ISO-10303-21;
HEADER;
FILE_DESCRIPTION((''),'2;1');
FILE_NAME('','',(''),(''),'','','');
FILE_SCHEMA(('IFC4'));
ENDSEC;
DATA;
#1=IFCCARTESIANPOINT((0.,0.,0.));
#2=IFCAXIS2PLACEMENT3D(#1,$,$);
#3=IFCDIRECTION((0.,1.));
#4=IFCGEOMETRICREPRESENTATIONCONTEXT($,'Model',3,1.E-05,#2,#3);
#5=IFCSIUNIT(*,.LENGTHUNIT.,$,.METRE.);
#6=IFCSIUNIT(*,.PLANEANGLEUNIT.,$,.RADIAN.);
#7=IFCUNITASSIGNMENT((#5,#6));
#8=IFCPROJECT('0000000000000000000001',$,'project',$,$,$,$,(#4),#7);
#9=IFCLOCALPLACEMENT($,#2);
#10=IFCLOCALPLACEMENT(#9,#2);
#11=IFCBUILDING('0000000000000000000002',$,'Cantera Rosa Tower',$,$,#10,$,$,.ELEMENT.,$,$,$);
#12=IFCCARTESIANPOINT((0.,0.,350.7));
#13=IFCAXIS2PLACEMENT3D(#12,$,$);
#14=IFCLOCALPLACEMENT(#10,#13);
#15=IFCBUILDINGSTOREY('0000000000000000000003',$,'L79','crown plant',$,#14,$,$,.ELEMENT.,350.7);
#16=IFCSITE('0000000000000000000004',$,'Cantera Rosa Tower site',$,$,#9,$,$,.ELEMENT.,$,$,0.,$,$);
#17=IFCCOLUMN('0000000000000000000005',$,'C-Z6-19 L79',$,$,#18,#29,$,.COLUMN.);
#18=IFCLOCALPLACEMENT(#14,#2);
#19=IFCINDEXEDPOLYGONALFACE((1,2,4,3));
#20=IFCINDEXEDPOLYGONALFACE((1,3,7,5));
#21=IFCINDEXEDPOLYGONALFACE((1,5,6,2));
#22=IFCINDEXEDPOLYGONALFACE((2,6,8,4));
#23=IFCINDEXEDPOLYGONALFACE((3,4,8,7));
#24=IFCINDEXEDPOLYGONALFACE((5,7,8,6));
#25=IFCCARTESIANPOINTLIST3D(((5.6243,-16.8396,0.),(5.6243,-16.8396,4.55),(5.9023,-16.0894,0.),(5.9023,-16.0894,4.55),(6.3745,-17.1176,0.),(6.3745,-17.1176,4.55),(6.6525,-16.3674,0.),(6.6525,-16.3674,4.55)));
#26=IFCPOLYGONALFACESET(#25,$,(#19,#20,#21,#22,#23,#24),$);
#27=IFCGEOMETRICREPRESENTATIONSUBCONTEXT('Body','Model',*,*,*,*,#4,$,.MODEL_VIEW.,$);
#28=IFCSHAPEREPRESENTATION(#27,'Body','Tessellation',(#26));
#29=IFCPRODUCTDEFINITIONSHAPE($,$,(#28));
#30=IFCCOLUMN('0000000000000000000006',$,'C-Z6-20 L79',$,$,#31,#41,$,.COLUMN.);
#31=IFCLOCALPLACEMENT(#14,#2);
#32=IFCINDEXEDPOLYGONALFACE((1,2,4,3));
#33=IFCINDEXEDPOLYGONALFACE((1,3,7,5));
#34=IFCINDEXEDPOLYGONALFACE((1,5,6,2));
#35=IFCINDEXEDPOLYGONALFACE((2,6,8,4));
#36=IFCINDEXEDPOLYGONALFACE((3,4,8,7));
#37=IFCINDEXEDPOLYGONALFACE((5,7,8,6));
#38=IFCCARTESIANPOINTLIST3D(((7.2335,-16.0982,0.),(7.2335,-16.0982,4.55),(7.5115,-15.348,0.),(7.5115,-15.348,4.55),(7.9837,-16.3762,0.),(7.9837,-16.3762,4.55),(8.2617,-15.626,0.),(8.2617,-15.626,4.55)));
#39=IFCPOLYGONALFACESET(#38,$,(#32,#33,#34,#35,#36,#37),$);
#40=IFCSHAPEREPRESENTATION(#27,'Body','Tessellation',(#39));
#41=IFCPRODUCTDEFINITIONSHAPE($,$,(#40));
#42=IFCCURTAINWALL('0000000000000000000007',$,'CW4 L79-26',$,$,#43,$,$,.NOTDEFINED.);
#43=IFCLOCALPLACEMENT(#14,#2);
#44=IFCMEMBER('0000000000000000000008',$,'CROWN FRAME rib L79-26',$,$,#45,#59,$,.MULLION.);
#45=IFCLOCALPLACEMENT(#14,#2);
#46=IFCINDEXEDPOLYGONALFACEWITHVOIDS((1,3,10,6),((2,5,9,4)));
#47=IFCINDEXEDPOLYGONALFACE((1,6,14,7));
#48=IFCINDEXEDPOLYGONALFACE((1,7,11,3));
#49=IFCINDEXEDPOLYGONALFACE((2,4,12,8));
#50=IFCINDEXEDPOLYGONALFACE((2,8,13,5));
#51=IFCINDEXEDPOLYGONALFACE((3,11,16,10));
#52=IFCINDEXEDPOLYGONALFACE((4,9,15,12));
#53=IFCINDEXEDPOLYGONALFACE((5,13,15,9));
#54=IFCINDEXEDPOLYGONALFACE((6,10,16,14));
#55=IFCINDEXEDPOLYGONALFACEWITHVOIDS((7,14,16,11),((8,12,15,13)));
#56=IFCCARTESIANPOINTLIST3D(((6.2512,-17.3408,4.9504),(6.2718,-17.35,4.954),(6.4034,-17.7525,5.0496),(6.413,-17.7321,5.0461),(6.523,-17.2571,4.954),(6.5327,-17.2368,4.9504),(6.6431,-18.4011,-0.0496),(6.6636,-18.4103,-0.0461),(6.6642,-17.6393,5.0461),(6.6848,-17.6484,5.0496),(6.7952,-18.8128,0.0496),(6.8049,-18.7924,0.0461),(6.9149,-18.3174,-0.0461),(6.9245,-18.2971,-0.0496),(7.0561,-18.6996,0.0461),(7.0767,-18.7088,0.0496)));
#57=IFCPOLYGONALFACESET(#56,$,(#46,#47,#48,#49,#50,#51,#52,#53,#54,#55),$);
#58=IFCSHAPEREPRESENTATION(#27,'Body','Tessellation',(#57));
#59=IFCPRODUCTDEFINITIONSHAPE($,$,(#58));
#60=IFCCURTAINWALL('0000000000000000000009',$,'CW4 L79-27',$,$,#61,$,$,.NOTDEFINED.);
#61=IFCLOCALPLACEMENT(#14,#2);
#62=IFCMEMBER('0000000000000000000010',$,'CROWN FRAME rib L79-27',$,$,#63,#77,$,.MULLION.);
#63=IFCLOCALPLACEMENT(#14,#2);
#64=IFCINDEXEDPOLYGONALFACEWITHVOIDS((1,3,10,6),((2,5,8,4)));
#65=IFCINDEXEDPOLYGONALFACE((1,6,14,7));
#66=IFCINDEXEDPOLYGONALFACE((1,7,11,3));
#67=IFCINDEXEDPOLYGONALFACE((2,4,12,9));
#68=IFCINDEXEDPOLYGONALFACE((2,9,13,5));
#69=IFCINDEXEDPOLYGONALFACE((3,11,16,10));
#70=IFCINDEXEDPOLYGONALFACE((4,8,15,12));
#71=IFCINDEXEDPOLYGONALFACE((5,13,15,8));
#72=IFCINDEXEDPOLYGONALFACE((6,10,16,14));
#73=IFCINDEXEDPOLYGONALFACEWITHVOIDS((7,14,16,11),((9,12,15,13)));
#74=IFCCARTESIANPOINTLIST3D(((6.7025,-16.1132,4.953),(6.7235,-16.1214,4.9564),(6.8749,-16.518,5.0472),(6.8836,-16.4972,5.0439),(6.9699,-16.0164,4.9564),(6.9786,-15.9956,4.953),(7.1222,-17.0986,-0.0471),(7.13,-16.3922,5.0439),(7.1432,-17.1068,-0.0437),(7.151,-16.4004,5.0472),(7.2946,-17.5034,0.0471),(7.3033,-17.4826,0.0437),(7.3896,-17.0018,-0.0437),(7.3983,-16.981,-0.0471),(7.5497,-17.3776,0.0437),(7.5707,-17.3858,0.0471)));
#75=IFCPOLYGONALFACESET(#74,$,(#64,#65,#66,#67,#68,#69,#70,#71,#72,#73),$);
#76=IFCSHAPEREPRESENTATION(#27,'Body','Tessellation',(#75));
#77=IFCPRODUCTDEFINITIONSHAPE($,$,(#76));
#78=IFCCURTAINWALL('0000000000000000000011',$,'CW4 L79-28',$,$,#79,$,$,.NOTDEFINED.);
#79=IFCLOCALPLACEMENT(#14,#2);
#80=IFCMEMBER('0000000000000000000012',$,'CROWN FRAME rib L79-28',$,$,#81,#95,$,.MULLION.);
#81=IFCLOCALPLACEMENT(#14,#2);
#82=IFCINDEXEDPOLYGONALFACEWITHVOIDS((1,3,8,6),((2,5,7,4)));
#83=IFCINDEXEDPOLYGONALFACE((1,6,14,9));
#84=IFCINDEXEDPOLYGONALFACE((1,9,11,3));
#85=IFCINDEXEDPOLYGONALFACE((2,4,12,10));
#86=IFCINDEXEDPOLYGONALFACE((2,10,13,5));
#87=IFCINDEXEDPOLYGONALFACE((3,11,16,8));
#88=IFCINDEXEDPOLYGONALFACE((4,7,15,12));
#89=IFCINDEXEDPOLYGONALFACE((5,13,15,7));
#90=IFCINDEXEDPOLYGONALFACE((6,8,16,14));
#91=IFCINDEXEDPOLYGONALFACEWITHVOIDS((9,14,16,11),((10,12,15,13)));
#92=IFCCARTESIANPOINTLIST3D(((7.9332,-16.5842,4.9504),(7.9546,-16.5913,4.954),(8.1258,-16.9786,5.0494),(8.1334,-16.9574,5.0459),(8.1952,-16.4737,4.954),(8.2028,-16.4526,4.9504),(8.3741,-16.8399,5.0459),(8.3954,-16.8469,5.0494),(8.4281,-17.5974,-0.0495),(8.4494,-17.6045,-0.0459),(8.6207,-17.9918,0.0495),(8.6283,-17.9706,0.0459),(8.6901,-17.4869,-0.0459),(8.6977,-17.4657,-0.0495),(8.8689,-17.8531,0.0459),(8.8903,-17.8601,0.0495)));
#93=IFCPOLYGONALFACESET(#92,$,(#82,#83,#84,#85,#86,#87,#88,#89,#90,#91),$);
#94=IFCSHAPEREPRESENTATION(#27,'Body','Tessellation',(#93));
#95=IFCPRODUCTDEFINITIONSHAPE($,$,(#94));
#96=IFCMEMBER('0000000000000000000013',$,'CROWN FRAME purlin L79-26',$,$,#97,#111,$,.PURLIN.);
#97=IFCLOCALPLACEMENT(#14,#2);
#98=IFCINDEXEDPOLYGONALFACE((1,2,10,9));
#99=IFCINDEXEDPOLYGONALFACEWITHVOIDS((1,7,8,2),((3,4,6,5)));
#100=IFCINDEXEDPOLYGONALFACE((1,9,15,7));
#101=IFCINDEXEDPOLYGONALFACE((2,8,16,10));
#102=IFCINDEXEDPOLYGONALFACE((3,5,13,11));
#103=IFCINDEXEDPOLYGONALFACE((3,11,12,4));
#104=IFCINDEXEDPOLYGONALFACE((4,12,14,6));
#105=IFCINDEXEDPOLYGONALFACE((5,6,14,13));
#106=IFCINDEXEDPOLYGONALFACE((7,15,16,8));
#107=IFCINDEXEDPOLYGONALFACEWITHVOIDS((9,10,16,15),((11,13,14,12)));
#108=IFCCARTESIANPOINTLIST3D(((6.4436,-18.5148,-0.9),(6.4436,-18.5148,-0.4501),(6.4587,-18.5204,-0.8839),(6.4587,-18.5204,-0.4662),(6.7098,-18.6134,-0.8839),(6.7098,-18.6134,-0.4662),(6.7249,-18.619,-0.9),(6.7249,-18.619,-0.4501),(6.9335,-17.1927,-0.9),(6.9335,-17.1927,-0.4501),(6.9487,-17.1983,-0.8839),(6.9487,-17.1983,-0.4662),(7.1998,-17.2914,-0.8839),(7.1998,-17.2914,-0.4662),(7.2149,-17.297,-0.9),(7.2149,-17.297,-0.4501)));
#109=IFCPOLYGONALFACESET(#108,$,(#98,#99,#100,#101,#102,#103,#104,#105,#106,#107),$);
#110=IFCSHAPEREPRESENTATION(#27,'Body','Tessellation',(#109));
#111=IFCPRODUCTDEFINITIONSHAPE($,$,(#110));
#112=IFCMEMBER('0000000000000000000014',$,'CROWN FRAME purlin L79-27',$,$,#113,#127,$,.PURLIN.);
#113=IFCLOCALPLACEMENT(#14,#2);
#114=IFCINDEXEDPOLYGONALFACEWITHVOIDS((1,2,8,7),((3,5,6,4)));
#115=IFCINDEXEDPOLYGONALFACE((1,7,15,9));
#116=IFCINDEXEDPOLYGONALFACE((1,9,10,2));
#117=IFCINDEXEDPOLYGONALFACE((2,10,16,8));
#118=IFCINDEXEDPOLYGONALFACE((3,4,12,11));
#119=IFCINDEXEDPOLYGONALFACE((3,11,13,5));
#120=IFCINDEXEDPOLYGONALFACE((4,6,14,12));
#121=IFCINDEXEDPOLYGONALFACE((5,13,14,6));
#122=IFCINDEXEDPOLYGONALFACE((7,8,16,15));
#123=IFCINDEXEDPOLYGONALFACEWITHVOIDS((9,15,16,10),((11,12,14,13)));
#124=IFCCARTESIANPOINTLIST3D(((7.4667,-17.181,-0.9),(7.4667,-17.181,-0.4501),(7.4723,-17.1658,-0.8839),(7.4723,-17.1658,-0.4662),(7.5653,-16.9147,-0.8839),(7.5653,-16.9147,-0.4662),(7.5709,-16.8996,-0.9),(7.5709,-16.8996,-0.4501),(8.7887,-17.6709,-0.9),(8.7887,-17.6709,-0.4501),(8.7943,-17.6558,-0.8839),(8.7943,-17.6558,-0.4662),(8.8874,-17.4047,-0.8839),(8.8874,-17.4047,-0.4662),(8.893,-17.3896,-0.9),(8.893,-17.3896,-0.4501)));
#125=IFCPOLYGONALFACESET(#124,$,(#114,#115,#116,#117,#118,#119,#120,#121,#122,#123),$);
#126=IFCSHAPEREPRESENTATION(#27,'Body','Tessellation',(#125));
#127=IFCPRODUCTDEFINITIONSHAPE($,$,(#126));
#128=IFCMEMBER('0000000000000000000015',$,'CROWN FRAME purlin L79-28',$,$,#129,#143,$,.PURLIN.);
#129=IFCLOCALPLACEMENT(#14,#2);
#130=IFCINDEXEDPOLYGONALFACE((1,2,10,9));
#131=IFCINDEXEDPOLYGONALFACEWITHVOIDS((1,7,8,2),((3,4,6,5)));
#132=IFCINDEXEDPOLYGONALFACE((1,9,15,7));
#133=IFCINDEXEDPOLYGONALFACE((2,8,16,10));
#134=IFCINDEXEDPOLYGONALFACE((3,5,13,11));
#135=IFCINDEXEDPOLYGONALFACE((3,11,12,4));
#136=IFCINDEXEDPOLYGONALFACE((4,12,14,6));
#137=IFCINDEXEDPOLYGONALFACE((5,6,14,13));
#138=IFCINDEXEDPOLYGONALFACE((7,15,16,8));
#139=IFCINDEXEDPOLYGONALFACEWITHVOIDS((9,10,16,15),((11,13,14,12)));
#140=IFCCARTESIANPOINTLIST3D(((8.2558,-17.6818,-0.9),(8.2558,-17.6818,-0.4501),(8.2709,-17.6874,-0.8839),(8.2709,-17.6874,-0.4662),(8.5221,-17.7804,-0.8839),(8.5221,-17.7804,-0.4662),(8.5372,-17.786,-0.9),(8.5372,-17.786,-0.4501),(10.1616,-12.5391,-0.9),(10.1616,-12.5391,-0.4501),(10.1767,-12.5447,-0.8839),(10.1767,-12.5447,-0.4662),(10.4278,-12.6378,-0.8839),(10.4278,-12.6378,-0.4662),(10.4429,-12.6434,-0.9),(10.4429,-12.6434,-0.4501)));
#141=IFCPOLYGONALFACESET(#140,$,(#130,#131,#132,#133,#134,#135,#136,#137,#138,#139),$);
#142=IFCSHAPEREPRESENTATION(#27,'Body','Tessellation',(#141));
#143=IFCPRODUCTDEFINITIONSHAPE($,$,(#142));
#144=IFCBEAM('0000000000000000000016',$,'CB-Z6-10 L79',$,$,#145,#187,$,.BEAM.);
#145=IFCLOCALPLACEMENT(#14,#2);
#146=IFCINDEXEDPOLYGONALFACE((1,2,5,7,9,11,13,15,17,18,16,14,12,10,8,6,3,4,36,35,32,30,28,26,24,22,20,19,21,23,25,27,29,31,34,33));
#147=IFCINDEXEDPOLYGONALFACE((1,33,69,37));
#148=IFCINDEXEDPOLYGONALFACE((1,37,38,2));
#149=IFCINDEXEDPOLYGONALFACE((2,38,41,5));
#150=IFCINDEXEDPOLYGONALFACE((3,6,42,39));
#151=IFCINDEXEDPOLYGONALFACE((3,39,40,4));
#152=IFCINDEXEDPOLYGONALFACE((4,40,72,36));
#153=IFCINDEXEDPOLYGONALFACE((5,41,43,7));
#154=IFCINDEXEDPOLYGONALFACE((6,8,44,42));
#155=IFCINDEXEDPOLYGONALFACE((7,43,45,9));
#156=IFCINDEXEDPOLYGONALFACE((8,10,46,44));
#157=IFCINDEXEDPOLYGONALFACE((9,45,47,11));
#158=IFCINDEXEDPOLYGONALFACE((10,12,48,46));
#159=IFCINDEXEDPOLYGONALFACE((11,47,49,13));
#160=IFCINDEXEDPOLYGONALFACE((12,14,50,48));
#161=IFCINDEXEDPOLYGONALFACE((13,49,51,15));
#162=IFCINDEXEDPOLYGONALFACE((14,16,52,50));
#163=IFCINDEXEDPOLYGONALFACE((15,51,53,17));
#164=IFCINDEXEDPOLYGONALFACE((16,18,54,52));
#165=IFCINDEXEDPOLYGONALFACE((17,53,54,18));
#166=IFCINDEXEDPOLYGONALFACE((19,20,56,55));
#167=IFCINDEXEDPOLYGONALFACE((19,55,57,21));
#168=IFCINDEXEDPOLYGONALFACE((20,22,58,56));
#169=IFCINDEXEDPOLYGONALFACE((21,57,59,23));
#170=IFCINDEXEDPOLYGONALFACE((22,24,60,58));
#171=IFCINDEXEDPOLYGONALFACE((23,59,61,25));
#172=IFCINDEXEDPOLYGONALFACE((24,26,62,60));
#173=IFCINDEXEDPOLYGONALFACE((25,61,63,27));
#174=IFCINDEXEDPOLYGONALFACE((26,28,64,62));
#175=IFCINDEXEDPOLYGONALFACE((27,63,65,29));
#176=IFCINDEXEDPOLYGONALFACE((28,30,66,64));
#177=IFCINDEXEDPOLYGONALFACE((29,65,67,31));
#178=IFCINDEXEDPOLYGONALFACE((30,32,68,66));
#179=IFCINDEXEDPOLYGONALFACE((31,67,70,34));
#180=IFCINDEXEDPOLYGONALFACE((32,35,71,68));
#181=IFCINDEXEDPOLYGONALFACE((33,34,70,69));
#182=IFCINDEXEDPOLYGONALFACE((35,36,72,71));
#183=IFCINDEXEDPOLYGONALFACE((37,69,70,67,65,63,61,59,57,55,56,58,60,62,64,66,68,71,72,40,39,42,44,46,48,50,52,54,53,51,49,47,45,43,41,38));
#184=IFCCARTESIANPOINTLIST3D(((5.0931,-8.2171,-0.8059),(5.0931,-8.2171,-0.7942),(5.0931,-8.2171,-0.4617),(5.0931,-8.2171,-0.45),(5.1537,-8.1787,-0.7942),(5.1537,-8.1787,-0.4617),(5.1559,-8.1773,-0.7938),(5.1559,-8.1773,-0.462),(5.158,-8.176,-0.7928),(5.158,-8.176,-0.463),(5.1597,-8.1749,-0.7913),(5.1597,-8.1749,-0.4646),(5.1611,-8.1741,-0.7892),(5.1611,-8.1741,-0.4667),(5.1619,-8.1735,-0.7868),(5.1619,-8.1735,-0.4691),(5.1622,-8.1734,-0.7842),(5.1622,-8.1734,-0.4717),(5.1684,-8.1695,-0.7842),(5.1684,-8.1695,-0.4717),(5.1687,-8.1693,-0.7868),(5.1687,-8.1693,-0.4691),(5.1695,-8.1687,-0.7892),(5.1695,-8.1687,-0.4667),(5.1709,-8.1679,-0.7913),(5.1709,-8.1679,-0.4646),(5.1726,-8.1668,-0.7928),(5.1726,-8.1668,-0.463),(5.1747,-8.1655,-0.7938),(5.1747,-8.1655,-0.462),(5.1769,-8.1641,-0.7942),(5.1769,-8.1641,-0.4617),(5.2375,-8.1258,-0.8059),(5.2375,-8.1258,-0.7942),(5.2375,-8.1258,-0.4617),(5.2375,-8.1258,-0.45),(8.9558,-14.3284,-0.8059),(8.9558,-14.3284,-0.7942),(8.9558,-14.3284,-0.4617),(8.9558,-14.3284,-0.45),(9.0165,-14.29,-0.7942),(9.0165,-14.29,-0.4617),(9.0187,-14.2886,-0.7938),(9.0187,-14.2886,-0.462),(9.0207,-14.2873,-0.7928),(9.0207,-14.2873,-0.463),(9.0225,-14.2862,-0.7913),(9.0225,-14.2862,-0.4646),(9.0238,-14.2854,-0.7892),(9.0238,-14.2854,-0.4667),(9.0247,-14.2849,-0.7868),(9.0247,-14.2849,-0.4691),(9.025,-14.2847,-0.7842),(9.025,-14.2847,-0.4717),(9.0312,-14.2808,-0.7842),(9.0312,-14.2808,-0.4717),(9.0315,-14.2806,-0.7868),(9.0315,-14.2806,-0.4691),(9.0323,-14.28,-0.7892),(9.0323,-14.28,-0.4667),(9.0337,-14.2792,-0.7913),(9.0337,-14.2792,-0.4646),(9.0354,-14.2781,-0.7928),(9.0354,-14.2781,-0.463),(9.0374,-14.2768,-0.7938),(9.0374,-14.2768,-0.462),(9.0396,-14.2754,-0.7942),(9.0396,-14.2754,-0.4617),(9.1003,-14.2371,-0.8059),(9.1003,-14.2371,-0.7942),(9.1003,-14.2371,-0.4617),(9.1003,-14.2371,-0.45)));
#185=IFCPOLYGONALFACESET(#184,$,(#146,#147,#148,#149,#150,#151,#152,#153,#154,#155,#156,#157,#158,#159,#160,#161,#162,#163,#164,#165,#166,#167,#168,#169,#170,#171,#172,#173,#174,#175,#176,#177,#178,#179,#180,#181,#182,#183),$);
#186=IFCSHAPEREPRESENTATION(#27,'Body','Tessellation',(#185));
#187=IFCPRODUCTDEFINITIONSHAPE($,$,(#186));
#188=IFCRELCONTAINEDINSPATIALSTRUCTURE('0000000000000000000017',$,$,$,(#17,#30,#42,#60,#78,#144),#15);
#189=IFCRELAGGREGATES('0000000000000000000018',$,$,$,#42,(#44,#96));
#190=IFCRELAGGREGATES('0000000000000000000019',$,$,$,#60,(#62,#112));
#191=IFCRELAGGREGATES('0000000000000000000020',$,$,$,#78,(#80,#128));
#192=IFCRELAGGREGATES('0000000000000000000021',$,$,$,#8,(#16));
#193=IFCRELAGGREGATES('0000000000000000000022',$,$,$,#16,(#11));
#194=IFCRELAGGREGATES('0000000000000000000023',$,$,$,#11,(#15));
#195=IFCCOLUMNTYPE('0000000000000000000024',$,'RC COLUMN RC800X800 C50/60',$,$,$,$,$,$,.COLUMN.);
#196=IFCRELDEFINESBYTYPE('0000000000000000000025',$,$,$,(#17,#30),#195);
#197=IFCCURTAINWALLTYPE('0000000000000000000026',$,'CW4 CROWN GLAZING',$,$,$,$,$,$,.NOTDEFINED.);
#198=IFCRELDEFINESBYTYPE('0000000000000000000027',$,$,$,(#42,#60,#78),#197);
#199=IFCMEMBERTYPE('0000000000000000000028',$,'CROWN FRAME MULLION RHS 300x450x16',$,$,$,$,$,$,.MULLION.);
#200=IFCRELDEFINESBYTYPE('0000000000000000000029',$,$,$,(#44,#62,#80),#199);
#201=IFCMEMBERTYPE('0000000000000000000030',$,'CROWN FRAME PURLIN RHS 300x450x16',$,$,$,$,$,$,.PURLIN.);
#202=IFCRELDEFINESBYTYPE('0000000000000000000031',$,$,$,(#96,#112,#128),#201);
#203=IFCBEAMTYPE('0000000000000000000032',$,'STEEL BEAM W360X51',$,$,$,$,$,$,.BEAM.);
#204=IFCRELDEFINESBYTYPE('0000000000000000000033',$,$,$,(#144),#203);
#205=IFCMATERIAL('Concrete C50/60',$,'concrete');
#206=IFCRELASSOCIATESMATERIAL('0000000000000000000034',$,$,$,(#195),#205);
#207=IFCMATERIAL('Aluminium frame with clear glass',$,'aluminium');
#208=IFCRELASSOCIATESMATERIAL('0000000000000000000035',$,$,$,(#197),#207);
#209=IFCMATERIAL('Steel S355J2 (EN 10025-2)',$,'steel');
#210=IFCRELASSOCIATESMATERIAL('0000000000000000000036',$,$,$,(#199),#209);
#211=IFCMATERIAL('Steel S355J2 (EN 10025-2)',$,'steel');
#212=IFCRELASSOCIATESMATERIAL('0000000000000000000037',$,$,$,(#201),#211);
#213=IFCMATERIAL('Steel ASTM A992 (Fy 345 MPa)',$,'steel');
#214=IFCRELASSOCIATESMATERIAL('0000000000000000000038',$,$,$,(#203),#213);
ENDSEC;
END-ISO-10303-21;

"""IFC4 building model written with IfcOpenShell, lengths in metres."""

from ifc_helpers import new_model, si_unit, direction, frame, origin, origin_2d, place, context, subcontext, project, spatial, rectangle, hollow_rectangle, i_section, extrude, material, material_profile, profile_set, type_object, element, aggregate, save


model = new_model("IFC4")

# Units and contexts
model_context = context("Model", 3, precision=1e-05, world=origin(), true_north=direction((0.0, 1.0)))
body_context = subcontext(model_context, "Body", "Model", "MODEL_VIEW")
ifc_project = project(units=[si_unit("LENGTHUNIT", "METRE"), si_unit("PLANEANGLEUNIT", "RADIAN")], contexts=[model_context])

# Site, building, storey
site_placement = place(None, origin())
site = spatial("IfcSite", under=ifc_project, at=site_placement, Name="Cantera Rosa Tower site", CompositionType="ELEMENT", RefElevation=0.0)
building_placement = place(site_placement, origin())
building = spatial("IfcBuilding", under=site, at=building_placement, Name="Cantera Rosa Tower", CompositionType="ELEMENT")
storey_placement = place(building_placement, frame((0.0, 0.0, 350.7)))
storey = spatial("IfcBuildingStorey", under=building, at=storey_placement, Name="L79", Description="crown plant", CompositionType="ELEMENT", Elevation=350.7)

# Columns
ifc_material_1 = material(Name="Concrete C50/60", Category="concrete")
ifc_material_profile_1 = material_profile(ifc_material_1, rectangle(XDim=0.8, YDim=0.8, at=origin_2d()), Name="RC COLUMN RC800X800 C50/60")
ifc_profile_set_1 = profile_set([ifc_material_profile_1], Name="Concrete C50/60")
column_type = type_object("IfcColumnType", Name="RC COLUMN RC800X800 C50/60", PredefinedType="COLUMN", material=ifc_profile_set_1)
for number, where, z_axis, x_axis, name in (
    (1, (6.1384, -16.6035, 0.0), (0.0, 0.0, 1.0), (0.347481, 0.937687, 0.0), "C-Z6-19 L79"),
    (2, (7.7476, -15.8621, 0.0), (0.0, 0.0, 1.0), (0.347481, 0.937687, 0.0), "C-Z6-20 L79"),
):
    element("IfcColumn", number, at=place(storey_placement, frame(where, z_axis=z_axis, x_axis=x_axis)), inside=storey, type_object=column_type, Name=name, PredefinedType="COLUMN", context=body_context, shape_type="SweptSolid", body=[
        extrude(rectangle(XDim=0.8, YDim=0.8, at=origin_2d()), origin(), (0.0, 0.0, 1.0), 4.55),
    ])

# Curtain walls, members
ifc_material_2 = material(Name="Aluminium frame with clear glass", Category="aluminium")
curtain_wall_type = type_object("IfcCurtainWallType", Name="CW4 CROWN GLAZING", PredefinedType="NOTDEFINED", material=ifc_material_2)
curtain_wall_1_placement = place(storey_placement, origin())
curtain_wall_1 = element("IfcCurtainWall", 3, at=curtain_wall_1_placement, inside=storey, type_object=curtain_wall_type, Name="CW4 L79-26", PredefinedType="NOTDEFINED")
ifc_material_3 = material(Name="Steel S355J2 (EN 10025-2)", Category="steel")
ifc_material_profile_2 = material_profile(ifc_material_3, hollow_rectangle(XDim=0.3, YDim=0.45, WallThickness=0.0161, at=origin_2d()), Name="CROWN FRAME MULLION RHS 300x450x16")
ifc_profile_set_2 = profile_set([ifc_material_profile_2], Name="Steel S355J2 (EN 10025-2)")
member_type_1 = type_object("IfcMemberType", Name="CROWN FRAME MULLION RHS 300x450x16", PredefinedType="MULLION", material=ifc_profile_set_2)
member_1_placement = place(storey_placement, frame((6.8599, -18.5549, 0.0), z_axis=(-0.07644, 0.20684, 0.975384), x_axis=(-0.937996, -0.346646, 0.0)))
member_1 = element("IfcMember", 4, at=member_1_placement, type_object=member_type_1, Name="CROWN FRAME rib L79-26", PredefinedType="MULLION", context=body_context, shape_type="SweptSolid", body=[
    extrude(hollow_rectangle(XDim=0.3, YDim=0.45, WallThickness=0.0161, at=origin_2d()), origin(), (0.0, 0.0, 1.0), 5.1262),
])
curtain_wall_2_placement = place(storey_placement, origin())
curtain_wall_2 = element("IfcCurtainWall", 5, at=curtain_wall_2_placement, inside=storey, type_object=curtain_wall_type, Name="CW4 L79-27", PredefinedType="NOTDEFINED")
member_2_placement = place(storey_placement, frame((7.3464, -17.2422, 0.0), z_axis=(-0.082074, 0.192699, 0.977819), x_axis=(-0.920027, -0.391855, 0.0)))
member_2 = element("IfcMember", 6, at=member_2_placement, type_object=member_type_1, Name="CROWN FRAME rib L79-27", PredefinedType="MULLION", context=body_context, shape_type="SweptSolid", body=[
    extrude(hollow_rectangle(XDim=0.3, YDim=0.45, WallThickness=0.0161, at=origin_2d()), origin(), (0.0, 0.0, 1.0), 5.1135),
])
curtain_wall_3_placement = place(storey_placement, origin())
curtain_wall_3 = element("IfcCurtainWall", 7, at=curtain_wall_3_placement, inside=storey, type_object=curtain_wall_type, Name="CW4 L79-28", PredefinedType="NOTDEFINED")
member_3_placement = place(storey_placement, frame((8.6592, -17.7288, 0.0), z_axis=(-0.09655, 0.197672, 0.975502), x_axis=(-0.898546, -0.43888, 0.0)))
member_3 = element("IfcMember", 8, at=member_3_placement, type_object=member_type_1, Name="CROWN FRAME rib L79-28", PredefinedType="MULLION", context=body_context, shape_type="SweptSolid", body=[
    extrude(hollow_rectangle(XDim=0.3, YDim=0.45, WallThickness=0.0161, at=origin_2d()), origin(), (0.0, 0.0, 1.0), 5.1255),
])

# Members
ifc_material_4 = material(Name="Steel S355J2 (EN 10025-2)", Category="steel")
ifc_material_profile_3 = material_profile(ifc_material_4, hollow_rectangle(XDim=0.3, YDim=0.45, WallThickness=0.0161, at=origin_2d()), Name="CROWN FRAME PURLIN RHS 300x450x16")
ifc_profile_set_3 = profile_set([ifc_material_profile_3], Name="Steel S355J2 (EN 10025-2)")
member_type_2 = type_object("IfcMemberType", Name="CROWN FRAME PURLIN RHS 300x450x16", PredefinedType="PURLIN", material=ifc_profile_set_3)
member_4_placement = place(storey_placement, frame((6.5842, -18.5669, -0.675), z_axis=(0.347534, 0.937667, 0.0), x_axis=(-0.937667, 0.347534, 0.0)))
member_4 = element("IfcMember", 9, at=member_4_placement, type_object=member_type_2, Name="CROWN FRAME purlin L79-26", PredefinedType="PURLIN", context=body_context, shape_type="SweptSolid", body=[
    extrude(hollow_rectangle(XDim=0.3, YDim=0.45, WallThickness=0.0161, at=origin_2d()), origin(), (0.0, 0.0, 1.0), 1.4099),
])
member_5_placement = place(storey_placement, frame((7.5188, -17.0403, -0.675), z_axis=(0.937667, -0.347534, 0.0), x_axis=(0.347534, 0.937667, 0.0)))
member_5 = element("IfcMember", 10, at=member_5_placement, type_object=member_type_2, Name="CROWN FRAME purlin L79-27", PredefinedType="PURLIN", context=body_context, shape_type="SweptSolid", body=[
    extrude(hollow_rectangle(XDim=0.3, YDim=0.45, WallThickness=0.0161, at=origin_2d()), origin(), (0.0, 0.0, 1.0), 1.4099),
])
member_6_placement = place(storey_placement, frame((8.3965, -17.7339, -0.675), z_axis=(0.347491, 0.937683, 0.0), x_axis=(-0.937683, 0.347491, 0.0)))
member_6 = element("IfcMember", 11, at=member_6_placement, type_object=member_type_2, Name="CROWN FRAME purlin L79-28", PredefinedType="PURLIN", context=body_context, shape_type="SweptSolid", body=[
    extrude(hollow_rectangle(XDim=0.3, YDim=0.45, WallThickness=0.0161, at=origin_2d()), origin(), (0.0, 0.0, 1.0), 5.4844),
])

# Beam
ifc_material_5 = material(Name="Steel ASTM A992 (Fy 345 MPa)", Category="steel")
ifc_material_profile_4 = material_profile(ifc_material_5, i_section(OverallWidth=0.1709, OverallDepth=0.356, WebThickness=0.0073, FlangeThickness=0.0117, FilletRadius=0.01, at=origin_2d()), Name="W360X51")
ifc_profile_set_4 = profile_set([ifc_material_profile_4], Name="Steel ASTM A992 (Fy 345 MPa)")
beam_type_1 = type_object("IfcBeamType", Name="STEEL BEAM W360X51", PredefinedType="BEAM", material=ifc_profile_set_4)
beam_1_placement = place(storey_placement, frame((9.0281, -14.2827, -0.6279), z_axis=(-0.53429, 0.845301, 0.0), x_axis=(-0.845301, -0.53429, 0.0)))
element("IfcBeam", 12, at=beam_1_placement, inside=storey, type_object=beam_type_1, Name="CB-Z6-10 L79", PredefinedType="BEAM", context=body_context, shape_type="SweptSolid", body=[
    extrude(i_section(OverallWidth=0.1709, OverallDepth=0.356, WebThickness=0.0073, FlangeThickness=0.0117, FilletRadius=0.01, at=origin_2d()), origin(), (0.0, 0.0, 1.0), 7.2297),
])

aggregate(curtain_wall_1, [member_1, member_4])
aggregate(curtain_wall_2, [member_2, member_5])
aggregate(curtain_wall_3, [member_3, member_6])

save(model, "model.ifc")
